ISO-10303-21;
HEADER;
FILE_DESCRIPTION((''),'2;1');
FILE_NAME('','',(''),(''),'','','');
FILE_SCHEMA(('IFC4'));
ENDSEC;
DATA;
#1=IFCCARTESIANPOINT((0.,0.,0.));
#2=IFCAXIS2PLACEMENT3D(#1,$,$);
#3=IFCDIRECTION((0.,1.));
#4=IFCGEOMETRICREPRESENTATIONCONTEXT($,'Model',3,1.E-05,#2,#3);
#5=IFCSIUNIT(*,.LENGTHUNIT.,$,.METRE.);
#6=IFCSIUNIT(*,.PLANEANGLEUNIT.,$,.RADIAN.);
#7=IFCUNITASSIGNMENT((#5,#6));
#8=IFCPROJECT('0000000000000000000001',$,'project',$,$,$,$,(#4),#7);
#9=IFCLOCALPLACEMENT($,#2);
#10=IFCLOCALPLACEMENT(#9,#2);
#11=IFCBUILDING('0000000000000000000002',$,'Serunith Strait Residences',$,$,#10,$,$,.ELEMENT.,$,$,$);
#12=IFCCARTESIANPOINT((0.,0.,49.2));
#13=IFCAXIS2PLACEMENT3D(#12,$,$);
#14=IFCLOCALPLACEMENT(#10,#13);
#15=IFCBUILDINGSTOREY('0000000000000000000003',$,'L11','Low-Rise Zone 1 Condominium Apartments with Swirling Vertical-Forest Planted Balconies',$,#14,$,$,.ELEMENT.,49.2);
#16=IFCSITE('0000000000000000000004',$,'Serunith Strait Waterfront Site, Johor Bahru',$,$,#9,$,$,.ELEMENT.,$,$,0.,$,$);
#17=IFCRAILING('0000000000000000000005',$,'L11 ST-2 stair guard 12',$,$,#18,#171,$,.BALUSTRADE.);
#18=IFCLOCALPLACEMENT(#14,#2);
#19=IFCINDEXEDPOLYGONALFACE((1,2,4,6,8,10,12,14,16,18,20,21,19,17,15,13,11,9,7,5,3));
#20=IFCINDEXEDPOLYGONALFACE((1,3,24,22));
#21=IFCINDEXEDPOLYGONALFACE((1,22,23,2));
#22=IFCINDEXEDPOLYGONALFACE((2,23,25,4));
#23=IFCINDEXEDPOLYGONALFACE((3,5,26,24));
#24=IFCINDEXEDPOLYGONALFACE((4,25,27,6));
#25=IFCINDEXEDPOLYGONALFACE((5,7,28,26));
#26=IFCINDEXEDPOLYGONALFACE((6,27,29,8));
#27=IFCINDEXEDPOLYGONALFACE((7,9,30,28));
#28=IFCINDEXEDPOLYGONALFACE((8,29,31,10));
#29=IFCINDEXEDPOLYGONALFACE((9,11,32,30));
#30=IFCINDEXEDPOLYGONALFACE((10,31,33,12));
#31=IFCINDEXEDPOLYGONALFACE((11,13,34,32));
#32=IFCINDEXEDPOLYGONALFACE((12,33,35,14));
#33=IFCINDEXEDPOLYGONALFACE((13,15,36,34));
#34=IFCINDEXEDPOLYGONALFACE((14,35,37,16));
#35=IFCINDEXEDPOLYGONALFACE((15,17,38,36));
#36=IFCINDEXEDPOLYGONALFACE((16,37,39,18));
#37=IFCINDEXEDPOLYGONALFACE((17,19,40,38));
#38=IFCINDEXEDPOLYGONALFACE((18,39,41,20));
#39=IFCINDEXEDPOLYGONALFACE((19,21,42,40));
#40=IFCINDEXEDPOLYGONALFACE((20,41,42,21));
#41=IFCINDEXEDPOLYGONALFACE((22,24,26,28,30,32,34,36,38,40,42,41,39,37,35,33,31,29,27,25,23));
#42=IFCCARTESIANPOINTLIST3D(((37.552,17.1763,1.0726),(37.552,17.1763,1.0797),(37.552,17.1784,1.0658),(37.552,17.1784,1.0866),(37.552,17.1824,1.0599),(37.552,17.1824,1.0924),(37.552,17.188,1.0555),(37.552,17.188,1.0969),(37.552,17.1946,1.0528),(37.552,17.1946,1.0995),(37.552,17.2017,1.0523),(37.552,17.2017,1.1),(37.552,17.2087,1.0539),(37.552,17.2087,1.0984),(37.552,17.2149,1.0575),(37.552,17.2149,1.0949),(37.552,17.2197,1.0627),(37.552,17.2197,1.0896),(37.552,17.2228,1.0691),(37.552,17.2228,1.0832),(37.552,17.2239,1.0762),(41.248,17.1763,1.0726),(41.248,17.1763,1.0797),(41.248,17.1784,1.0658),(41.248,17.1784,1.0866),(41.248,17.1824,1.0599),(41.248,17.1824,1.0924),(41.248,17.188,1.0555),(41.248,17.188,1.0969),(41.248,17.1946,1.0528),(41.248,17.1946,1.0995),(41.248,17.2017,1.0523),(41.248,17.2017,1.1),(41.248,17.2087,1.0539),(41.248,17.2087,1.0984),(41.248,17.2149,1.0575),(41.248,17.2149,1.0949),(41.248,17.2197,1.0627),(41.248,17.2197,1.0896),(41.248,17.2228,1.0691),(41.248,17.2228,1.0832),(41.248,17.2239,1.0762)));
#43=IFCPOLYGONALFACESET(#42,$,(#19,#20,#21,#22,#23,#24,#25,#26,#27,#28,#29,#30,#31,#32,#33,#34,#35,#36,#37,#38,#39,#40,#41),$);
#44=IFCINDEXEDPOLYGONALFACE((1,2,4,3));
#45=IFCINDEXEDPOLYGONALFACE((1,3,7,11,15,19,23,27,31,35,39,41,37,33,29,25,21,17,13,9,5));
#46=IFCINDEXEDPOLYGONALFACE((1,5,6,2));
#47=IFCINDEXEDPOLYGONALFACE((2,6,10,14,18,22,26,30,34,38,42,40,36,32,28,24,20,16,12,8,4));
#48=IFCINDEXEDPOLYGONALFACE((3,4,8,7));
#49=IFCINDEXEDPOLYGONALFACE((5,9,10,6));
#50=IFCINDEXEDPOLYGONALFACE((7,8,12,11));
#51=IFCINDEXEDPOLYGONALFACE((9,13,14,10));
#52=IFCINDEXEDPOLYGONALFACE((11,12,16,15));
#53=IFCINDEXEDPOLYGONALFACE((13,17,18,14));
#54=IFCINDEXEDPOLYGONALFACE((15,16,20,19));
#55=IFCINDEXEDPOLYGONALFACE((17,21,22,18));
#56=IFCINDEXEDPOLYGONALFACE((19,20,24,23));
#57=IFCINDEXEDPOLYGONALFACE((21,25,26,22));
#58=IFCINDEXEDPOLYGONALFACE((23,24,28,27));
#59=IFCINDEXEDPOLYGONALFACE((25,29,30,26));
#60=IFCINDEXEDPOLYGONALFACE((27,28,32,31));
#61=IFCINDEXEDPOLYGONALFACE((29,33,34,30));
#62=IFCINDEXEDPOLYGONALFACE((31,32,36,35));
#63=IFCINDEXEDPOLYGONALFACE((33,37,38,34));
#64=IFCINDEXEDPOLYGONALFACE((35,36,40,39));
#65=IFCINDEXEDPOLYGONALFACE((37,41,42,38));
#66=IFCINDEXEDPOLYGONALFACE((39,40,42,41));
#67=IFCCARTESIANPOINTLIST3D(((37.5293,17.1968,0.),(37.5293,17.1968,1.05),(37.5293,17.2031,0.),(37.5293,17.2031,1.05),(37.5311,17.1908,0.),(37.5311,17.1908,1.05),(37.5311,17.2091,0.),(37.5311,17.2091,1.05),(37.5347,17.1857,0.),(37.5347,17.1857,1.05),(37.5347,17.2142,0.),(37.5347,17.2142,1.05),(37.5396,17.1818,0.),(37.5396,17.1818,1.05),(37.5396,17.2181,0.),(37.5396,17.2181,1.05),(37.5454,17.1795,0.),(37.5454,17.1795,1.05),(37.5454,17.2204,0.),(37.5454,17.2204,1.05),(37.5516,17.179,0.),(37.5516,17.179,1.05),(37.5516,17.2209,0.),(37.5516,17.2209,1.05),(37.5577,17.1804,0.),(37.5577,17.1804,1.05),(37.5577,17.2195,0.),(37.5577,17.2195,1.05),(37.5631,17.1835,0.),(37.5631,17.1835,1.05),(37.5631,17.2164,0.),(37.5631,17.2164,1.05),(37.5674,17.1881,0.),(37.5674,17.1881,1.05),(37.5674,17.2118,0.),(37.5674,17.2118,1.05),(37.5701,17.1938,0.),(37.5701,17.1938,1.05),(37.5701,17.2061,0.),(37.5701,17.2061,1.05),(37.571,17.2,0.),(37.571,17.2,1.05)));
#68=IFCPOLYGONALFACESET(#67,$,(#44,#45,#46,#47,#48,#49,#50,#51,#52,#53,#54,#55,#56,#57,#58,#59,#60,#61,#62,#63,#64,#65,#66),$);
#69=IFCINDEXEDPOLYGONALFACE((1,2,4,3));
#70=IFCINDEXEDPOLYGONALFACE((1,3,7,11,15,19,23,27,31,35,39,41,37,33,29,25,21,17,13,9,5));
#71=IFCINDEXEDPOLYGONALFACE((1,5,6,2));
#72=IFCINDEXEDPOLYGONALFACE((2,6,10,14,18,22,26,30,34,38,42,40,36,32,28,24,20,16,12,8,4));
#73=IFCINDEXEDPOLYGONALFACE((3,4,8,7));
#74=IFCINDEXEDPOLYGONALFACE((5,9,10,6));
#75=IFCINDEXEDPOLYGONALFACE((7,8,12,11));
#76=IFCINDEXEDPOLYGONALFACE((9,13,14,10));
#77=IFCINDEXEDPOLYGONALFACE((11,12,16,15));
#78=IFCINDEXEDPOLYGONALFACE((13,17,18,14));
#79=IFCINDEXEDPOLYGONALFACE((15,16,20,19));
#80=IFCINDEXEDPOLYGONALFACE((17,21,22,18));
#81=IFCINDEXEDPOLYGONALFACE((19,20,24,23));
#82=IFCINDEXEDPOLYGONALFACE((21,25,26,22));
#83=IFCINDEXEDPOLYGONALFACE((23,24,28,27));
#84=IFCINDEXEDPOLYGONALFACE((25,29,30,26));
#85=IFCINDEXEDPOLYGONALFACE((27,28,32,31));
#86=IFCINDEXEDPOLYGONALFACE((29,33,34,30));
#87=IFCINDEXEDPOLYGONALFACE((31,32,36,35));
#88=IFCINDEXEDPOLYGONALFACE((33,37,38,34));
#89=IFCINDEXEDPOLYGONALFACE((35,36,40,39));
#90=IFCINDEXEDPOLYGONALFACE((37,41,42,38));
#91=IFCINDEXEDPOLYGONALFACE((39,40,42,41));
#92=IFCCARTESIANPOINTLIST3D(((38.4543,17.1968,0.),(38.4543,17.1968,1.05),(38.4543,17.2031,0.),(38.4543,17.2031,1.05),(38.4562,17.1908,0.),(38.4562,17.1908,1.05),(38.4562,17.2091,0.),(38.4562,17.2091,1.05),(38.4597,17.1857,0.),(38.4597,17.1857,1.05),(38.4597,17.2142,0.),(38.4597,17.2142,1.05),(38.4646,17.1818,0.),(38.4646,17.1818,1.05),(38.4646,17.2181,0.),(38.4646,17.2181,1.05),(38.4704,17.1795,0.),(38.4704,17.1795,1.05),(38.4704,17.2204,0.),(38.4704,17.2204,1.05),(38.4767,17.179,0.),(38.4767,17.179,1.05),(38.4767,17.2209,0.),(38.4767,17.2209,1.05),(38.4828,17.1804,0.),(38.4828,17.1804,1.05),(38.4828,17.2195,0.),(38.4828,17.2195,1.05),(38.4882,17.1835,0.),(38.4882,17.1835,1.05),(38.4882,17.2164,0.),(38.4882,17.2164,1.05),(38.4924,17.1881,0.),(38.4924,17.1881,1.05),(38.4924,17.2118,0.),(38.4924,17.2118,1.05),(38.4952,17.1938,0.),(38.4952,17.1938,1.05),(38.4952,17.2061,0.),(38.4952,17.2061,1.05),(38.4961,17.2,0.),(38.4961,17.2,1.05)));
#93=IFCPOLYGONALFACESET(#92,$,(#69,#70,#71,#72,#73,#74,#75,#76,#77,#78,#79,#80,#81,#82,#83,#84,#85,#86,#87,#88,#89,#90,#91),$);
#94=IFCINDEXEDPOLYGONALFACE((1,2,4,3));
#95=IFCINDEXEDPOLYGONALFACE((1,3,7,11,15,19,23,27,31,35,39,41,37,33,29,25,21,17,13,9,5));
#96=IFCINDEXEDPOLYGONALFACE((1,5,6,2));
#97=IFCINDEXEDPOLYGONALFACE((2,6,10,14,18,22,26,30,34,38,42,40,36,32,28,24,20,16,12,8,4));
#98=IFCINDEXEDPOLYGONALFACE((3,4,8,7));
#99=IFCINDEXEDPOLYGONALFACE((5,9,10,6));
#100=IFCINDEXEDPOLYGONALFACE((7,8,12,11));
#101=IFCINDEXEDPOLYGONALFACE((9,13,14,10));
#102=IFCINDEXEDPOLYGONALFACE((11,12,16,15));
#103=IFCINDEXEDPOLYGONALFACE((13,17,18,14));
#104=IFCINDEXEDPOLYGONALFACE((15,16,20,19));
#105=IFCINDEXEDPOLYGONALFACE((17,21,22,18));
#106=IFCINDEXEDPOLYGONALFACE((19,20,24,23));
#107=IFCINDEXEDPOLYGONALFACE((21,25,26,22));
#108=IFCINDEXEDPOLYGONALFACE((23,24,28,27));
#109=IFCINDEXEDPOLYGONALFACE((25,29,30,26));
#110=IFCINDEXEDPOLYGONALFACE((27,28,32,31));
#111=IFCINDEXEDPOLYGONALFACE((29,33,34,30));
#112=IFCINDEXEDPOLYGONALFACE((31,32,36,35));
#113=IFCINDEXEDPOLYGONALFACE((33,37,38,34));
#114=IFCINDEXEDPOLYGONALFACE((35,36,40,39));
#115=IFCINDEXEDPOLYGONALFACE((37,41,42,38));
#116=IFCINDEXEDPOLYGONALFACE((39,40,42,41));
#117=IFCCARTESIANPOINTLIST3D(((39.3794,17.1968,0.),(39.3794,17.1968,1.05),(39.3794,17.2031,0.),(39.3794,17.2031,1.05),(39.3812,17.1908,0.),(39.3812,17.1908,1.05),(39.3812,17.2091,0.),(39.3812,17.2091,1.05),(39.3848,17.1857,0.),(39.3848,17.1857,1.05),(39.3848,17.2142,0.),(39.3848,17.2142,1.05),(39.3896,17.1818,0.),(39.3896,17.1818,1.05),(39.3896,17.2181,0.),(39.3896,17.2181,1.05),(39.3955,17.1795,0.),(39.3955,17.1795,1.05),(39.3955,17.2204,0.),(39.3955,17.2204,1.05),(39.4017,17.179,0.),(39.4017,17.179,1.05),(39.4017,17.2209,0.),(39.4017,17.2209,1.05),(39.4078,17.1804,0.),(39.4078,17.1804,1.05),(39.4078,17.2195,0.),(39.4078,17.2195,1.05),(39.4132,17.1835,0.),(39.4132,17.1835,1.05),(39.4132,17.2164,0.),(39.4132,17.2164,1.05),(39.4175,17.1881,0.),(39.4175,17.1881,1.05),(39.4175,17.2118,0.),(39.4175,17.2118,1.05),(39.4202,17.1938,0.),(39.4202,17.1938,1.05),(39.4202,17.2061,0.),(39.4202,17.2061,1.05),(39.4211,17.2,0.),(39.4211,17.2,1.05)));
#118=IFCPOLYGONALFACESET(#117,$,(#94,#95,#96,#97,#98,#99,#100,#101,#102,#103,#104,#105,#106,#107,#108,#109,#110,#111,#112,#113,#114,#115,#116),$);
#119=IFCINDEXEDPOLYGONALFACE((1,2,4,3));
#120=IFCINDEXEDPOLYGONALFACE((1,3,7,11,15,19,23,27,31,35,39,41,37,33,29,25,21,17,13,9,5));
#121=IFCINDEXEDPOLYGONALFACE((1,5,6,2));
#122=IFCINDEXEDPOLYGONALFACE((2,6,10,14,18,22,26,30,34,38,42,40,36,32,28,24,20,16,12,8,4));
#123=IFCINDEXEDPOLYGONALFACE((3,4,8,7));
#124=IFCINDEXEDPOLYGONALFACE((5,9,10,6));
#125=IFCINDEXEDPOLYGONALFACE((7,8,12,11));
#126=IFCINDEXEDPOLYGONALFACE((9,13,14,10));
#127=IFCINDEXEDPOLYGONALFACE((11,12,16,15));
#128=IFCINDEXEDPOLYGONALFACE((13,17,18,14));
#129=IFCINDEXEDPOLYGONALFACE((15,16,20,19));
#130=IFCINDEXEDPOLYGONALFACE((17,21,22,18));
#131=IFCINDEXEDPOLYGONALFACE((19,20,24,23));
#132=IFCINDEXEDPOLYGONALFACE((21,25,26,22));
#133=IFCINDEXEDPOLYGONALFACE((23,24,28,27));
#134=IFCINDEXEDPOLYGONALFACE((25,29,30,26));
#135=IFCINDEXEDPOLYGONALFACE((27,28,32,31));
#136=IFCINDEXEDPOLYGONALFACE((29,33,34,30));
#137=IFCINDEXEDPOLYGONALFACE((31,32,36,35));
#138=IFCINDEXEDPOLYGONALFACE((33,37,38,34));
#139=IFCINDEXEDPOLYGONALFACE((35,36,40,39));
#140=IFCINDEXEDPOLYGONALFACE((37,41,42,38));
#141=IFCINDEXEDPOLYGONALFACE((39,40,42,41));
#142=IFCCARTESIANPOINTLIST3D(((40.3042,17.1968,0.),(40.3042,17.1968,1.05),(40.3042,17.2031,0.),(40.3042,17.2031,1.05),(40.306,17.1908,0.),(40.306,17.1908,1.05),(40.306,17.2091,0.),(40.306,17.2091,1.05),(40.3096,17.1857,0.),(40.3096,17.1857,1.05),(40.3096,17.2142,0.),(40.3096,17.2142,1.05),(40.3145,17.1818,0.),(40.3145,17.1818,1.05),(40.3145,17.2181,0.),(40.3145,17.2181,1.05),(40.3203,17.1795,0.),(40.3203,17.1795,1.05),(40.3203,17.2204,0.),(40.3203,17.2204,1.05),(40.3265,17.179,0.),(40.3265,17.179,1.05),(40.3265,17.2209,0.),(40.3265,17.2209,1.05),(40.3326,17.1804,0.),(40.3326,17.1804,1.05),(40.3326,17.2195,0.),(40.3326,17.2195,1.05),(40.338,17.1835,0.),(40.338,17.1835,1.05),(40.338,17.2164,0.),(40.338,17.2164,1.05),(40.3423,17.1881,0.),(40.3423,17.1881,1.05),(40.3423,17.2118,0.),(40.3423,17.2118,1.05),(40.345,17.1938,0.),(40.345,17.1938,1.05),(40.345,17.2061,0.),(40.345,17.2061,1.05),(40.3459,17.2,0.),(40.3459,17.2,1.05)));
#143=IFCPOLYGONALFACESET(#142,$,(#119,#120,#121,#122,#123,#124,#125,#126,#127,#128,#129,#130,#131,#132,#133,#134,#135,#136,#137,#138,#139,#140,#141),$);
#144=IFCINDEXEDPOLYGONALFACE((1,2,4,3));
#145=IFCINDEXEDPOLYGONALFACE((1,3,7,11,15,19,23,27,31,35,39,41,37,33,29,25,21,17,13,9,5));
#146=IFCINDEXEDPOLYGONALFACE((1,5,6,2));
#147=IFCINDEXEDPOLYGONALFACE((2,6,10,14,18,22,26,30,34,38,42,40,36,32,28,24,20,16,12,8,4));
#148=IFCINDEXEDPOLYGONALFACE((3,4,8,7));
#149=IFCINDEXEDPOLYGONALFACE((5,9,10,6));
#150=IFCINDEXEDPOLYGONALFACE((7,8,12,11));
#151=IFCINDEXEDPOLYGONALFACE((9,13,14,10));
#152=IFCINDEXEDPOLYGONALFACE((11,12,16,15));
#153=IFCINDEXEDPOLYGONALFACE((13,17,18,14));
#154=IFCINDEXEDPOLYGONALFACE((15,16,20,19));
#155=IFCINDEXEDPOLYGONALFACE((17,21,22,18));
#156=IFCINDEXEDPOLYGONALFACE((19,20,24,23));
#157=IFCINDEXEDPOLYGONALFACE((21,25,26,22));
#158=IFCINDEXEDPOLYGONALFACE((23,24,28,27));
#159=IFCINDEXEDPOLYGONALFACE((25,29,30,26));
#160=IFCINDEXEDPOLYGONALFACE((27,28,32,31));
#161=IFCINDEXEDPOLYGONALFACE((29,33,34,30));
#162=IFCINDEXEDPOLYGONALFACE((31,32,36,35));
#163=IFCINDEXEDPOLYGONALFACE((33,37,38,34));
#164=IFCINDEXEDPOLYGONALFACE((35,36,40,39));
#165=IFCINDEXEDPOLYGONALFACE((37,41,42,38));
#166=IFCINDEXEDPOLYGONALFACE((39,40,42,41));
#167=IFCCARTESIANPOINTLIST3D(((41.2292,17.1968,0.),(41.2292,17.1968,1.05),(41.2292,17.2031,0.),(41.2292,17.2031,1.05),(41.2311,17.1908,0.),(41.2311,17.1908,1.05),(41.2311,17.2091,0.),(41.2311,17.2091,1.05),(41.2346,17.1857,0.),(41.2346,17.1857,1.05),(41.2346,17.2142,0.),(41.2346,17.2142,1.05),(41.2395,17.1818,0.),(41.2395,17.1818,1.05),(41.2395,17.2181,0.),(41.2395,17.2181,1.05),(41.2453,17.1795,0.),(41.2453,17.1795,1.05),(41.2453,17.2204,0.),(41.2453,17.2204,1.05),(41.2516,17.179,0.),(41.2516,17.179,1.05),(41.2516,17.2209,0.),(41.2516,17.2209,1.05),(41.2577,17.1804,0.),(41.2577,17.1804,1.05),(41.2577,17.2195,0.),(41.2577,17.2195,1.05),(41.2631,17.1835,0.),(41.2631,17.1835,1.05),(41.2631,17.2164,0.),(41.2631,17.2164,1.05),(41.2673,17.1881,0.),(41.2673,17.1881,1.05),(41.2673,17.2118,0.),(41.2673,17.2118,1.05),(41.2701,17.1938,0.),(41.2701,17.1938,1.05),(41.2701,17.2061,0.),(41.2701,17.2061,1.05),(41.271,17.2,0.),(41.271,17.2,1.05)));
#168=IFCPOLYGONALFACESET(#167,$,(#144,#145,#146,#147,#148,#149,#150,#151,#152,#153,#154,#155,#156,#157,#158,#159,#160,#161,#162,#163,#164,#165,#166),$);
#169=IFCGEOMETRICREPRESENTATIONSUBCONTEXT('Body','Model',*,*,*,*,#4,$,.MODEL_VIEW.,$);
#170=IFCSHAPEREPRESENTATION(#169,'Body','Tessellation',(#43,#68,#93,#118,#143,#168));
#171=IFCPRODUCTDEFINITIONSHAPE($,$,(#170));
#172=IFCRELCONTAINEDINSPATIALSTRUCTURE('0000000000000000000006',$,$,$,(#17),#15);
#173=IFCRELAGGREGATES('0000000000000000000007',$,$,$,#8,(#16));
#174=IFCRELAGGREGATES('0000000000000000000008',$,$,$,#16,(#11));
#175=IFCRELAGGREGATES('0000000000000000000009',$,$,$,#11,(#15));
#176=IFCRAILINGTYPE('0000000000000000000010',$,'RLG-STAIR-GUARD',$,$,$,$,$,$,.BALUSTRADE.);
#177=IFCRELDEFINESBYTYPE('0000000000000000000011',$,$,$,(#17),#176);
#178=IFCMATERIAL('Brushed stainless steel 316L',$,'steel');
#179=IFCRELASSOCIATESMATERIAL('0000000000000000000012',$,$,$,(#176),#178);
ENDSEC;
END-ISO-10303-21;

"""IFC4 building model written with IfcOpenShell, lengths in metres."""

from ifc_helpers import new_model, si_unit, direction, frame, origin, origin_2d, place, context, subcontext, project, spatial, circle, extrude, material, type_object, element, save


model = new_model("IFC4")

# Units and contexts
model_context = context("Model", 3, precision=1e-05, world=origin(), true_north=direction((0.0, 1.0)))
body_context = subcontext(model_context, "Body", "Model", "MODEL_VIEW")
ifc_project = project(units=[si_unit("LENGTHUNIT", "METRE"), si_unit("PLANEANGLEUNIT", "RADIAN")], contexts=[model_context])

# Site, building, storey
site_placement = place(None, origin())
site = spatial("IfcSite", under=ifc_project, at=site_placement, Name="Serunith Strait Waterfront Site, Johor Bahru", CompositionType="ELEMENT", RefElevation=0.0)
building_placement = place(site_placement, origin())
building = spatial("IfcBuilding", under=site, at=building_placement, Name="Serunith Strait Residences", CompositionType="ELEMENT")
storey_placement = place(building_placement, frame((0.0, 0.0, 49.2)))
storey = spatial("IfcBuildingStorey", under=building, at=storey_placement, Name="L11", Description="Low-Rise Zone 1 Condominium Apartments with Swirling Vertical-Forest Planted Balconies", CompositionType="ELEMENT", Elevation=49.2)

# Railing
ifc_material_1 = material(Name="Brushed stainless steel 316L", Category="steel")
railing_type_1 = type_object("IfcRailingType", Name="RLG-STAIR-GUARD", PredefinedType="BALUSTRADE", material=ifc_material_1)
railing_1_placement = place(storey_placement, frame((37.55, 17.2, 0.0)))
element("IfcRailing", 1, at=railing_1_placement, inside=storey, type_object=railing_type_1, Name="L11 ST-2 stair guard 12", PredefinedType="BALUSTRADE", context=body_context, shape_type="SweptSolid", body=[
    extrude(circle(Radius=0.0239, at=origin_2d()), frame((0.002, 0.0, 1.0762), z_axis=(1.0, 0.0, 0.0), x_axis=(0.0, 1.0, 0.0)), (0.0, 0.0, 1.0), 3.696),
    extrude(circle(Radius=0.021, at=origin_2d()), origin(), (0.0, 0.0, 1.0), 1.05),
    extrude(circle(Radius=0.021, at=origin_2d()), frame((0.925, 0.0, 0.0)), (0.0, 0.0, 1.0), 1.05),
    extrude(circle(Radius=0.021, at=origin_2d()), frame((1.8501, 0.0, 0.0)), (0.0, 0.0, 1.0), 1.05),
    extrude(circle(Radius=0.021, at=origin_2d()), frame((2.7749, 0.0, 0.0)), (0.0, 0.0, 1.0), 1.05),
    extrude(circle(Radius=0.021, at=origin_2d()), frame((3.7, 0.0, 0.0)), (0.0, 0.0, 1.0), 1.05),
])

save(model, "model.ifc")
